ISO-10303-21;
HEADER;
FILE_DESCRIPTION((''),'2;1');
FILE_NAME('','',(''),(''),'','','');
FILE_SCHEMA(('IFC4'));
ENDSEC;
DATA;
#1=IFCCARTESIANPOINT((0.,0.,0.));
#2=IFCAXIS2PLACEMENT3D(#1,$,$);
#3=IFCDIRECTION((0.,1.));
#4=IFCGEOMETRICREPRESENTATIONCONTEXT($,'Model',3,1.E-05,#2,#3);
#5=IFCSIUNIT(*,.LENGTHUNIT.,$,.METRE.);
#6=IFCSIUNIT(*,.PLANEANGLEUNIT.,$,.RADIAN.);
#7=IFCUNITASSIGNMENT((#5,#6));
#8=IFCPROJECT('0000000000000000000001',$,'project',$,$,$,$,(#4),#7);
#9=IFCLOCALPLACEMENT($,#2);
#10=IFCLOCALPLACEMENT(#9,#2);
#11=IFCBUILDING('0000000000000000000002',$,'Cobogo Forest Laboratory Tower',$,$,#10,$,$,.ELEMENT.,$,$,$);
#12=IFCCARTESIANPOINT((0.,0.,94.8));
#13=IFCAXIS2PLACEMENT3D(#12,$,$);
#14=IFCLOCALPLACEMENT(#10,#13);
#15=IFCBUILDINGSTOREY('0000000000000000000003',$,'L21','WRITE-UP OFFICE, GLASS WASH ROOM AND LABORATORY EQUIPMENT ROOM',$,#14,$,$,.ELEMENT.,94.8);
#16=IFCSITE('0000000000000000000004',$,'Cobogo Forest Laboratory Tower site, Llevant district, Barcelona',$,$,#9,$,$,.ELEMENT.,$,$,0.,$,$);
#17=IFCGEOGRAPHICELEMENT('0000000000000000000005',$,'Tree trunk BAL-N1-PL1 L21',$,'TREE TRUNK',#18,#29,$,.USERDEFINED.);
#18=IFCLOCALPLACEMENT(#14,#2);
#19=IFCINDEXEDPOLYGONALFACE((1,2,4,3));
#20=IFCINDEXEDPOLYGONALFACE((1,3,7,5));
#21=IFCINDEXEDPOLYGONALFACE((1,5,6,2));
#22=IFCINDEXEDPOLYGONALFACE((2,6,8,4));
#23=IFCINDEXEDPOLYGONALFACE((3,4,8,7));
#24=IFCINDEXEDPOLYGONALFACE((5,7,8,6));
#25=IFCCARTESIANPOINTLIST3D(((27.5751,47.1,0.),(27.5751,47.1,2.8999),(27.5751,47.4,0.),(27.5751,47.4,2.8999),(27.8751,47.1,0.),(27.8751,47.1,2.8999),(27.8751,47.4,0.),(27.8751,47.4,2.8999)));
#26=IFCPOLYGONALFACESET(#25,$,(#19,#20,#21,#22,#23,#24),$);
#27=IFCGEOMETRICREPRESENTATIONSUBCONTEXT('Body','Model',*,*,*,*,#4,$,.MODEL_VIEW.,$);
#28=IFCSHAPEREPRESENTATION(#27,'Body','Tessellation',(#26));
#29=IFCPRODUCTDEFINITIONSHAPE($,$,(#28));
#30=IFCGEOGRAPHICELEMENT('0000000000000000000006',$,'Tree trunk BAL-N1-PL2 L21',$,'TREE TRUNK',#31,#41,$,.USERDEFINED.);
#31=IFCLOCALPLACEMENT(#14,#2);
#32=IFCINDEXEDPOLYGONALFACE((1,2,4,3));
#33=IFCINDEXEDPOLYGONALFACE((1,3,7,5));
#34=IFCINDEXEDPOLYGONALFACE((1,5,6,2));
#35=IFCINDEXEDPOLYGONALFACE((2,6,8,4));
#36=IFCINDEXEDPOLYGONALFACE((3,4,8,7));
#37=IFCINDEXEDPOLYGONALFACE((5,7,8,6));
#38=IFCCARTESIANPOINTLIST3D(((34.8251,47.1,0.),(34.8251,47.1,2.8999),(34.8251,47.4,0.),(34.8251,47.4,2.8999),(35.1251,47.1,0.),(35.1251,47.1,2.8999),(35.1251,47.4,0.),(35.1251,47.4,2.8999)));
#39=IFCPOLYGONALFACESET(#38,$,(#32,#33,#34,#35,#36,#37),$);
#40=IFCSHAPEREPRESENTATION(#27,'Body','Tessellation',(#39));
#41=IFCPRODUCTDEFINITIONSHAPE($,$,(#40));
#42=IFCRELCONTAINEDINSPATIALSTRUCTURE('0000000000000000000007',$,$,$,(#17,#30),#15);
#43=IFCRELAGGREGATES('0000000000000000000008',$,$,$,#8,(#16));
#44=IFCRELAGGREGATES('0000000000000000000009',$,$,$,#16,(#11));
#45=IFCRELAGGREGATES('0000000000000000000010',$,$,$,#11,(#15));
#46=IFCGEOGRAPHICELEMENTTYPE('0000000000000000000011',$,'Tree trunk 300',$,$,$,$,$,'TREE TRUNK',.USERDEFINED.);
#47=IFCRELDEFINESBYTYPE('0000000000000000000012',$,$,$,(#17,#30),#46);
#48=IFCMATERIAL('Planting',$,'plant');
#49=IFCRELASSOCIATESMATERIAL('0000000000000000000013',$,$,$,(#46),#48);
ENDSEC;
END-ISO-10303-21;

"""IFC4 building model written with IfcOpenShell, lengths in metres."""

from ifc_helpers import new_model, si_unit, direction, frame, origin, origin_2d, place, context, subcontext, project, spatial, rectangle, extrude, material, type_object, element, save


model = new_model("IFC4")

# Units and contexts
model_context = context("Model", 3, precision=1e-05, world=origin(), true_north=direction((0.0, 1.0)))
body_context = subcontext(model_context, "Body", "Model", "MODEL_VIEW")
ifc_project = project(units=[si_unit("LENGTHUNIT", "METRE"), si_unit("PLANEANGLEUNIT", "RADIAN")], contexts=[model_context])

# Site, building, storey
site_placement = place(None, origin())
site = spatial("IfcSite", under=ifc_project, at=site_placement, Name="Cobogo Forest Laboratory Tower site, Llevant district, Barcelona", CompositionType="ELEMENT", RefElevation=0.0)
building_placement = place(site_placement, origin())
building = spatial("IfcBuilding", under=site, at=building_placement, Name="Cobogo Forest Laboratory Tower", CompositionType="ELEMENT")
storey_placement = place(building_placement, frame((0.0, 0.0, 94.8)))
storey = spatial("IfcBuildingStorey", under=building, at=storey_placement, Name="L21", Description="WRITE-UP OFFICE, GLASS WASH ROOM AND LABORATORY EQUIPMENT ROOM", CompositionType="ELEMENT", Elevation=94.8)

# Geographic elements
ifc_material_1 = material(Name="Planting", Category="plant")
geographic_element_type = type_object("IfcGeographicElementType", Name="Tree trunk 300", ElementType="TREE TRUNK", PredefinedType="USERDEFINED", material=ifc_material_1)
for number, where, z_axis, x_axis, name in (
    (1, (27.7251, 47.25, 0.0), (0.0, 0.0, 1.0), (1.0, 0.0, 0.0), "Tree trunk BAL-N1-PL1 L21"),
    (2, (34.9751, 47.25, 0.0), (0.0, 0.0, 1.0), (1.0, 0.0, 0.0), "Tree trunk BAL-N1-PL2 L21"),
):
    element("IfcGeographicElement", number, at=place(storey_placement, frame(where, z_axis=z_axis, x_axis=x_axis)), inside=storey, type_object=geographic_element_type, Name=name, ObjectType="TREE TRUNK", PredefinedType="USERDEFINED", context=body_context, shape_type="SweptSolid", body=[
        extrude(rectangle(XDim=0.3, YDim=0.3, at=origin_2d()), origin(), (0.0, 0.0, 1.0), 2.8999),
    ])

save(model, "model.ifc")
